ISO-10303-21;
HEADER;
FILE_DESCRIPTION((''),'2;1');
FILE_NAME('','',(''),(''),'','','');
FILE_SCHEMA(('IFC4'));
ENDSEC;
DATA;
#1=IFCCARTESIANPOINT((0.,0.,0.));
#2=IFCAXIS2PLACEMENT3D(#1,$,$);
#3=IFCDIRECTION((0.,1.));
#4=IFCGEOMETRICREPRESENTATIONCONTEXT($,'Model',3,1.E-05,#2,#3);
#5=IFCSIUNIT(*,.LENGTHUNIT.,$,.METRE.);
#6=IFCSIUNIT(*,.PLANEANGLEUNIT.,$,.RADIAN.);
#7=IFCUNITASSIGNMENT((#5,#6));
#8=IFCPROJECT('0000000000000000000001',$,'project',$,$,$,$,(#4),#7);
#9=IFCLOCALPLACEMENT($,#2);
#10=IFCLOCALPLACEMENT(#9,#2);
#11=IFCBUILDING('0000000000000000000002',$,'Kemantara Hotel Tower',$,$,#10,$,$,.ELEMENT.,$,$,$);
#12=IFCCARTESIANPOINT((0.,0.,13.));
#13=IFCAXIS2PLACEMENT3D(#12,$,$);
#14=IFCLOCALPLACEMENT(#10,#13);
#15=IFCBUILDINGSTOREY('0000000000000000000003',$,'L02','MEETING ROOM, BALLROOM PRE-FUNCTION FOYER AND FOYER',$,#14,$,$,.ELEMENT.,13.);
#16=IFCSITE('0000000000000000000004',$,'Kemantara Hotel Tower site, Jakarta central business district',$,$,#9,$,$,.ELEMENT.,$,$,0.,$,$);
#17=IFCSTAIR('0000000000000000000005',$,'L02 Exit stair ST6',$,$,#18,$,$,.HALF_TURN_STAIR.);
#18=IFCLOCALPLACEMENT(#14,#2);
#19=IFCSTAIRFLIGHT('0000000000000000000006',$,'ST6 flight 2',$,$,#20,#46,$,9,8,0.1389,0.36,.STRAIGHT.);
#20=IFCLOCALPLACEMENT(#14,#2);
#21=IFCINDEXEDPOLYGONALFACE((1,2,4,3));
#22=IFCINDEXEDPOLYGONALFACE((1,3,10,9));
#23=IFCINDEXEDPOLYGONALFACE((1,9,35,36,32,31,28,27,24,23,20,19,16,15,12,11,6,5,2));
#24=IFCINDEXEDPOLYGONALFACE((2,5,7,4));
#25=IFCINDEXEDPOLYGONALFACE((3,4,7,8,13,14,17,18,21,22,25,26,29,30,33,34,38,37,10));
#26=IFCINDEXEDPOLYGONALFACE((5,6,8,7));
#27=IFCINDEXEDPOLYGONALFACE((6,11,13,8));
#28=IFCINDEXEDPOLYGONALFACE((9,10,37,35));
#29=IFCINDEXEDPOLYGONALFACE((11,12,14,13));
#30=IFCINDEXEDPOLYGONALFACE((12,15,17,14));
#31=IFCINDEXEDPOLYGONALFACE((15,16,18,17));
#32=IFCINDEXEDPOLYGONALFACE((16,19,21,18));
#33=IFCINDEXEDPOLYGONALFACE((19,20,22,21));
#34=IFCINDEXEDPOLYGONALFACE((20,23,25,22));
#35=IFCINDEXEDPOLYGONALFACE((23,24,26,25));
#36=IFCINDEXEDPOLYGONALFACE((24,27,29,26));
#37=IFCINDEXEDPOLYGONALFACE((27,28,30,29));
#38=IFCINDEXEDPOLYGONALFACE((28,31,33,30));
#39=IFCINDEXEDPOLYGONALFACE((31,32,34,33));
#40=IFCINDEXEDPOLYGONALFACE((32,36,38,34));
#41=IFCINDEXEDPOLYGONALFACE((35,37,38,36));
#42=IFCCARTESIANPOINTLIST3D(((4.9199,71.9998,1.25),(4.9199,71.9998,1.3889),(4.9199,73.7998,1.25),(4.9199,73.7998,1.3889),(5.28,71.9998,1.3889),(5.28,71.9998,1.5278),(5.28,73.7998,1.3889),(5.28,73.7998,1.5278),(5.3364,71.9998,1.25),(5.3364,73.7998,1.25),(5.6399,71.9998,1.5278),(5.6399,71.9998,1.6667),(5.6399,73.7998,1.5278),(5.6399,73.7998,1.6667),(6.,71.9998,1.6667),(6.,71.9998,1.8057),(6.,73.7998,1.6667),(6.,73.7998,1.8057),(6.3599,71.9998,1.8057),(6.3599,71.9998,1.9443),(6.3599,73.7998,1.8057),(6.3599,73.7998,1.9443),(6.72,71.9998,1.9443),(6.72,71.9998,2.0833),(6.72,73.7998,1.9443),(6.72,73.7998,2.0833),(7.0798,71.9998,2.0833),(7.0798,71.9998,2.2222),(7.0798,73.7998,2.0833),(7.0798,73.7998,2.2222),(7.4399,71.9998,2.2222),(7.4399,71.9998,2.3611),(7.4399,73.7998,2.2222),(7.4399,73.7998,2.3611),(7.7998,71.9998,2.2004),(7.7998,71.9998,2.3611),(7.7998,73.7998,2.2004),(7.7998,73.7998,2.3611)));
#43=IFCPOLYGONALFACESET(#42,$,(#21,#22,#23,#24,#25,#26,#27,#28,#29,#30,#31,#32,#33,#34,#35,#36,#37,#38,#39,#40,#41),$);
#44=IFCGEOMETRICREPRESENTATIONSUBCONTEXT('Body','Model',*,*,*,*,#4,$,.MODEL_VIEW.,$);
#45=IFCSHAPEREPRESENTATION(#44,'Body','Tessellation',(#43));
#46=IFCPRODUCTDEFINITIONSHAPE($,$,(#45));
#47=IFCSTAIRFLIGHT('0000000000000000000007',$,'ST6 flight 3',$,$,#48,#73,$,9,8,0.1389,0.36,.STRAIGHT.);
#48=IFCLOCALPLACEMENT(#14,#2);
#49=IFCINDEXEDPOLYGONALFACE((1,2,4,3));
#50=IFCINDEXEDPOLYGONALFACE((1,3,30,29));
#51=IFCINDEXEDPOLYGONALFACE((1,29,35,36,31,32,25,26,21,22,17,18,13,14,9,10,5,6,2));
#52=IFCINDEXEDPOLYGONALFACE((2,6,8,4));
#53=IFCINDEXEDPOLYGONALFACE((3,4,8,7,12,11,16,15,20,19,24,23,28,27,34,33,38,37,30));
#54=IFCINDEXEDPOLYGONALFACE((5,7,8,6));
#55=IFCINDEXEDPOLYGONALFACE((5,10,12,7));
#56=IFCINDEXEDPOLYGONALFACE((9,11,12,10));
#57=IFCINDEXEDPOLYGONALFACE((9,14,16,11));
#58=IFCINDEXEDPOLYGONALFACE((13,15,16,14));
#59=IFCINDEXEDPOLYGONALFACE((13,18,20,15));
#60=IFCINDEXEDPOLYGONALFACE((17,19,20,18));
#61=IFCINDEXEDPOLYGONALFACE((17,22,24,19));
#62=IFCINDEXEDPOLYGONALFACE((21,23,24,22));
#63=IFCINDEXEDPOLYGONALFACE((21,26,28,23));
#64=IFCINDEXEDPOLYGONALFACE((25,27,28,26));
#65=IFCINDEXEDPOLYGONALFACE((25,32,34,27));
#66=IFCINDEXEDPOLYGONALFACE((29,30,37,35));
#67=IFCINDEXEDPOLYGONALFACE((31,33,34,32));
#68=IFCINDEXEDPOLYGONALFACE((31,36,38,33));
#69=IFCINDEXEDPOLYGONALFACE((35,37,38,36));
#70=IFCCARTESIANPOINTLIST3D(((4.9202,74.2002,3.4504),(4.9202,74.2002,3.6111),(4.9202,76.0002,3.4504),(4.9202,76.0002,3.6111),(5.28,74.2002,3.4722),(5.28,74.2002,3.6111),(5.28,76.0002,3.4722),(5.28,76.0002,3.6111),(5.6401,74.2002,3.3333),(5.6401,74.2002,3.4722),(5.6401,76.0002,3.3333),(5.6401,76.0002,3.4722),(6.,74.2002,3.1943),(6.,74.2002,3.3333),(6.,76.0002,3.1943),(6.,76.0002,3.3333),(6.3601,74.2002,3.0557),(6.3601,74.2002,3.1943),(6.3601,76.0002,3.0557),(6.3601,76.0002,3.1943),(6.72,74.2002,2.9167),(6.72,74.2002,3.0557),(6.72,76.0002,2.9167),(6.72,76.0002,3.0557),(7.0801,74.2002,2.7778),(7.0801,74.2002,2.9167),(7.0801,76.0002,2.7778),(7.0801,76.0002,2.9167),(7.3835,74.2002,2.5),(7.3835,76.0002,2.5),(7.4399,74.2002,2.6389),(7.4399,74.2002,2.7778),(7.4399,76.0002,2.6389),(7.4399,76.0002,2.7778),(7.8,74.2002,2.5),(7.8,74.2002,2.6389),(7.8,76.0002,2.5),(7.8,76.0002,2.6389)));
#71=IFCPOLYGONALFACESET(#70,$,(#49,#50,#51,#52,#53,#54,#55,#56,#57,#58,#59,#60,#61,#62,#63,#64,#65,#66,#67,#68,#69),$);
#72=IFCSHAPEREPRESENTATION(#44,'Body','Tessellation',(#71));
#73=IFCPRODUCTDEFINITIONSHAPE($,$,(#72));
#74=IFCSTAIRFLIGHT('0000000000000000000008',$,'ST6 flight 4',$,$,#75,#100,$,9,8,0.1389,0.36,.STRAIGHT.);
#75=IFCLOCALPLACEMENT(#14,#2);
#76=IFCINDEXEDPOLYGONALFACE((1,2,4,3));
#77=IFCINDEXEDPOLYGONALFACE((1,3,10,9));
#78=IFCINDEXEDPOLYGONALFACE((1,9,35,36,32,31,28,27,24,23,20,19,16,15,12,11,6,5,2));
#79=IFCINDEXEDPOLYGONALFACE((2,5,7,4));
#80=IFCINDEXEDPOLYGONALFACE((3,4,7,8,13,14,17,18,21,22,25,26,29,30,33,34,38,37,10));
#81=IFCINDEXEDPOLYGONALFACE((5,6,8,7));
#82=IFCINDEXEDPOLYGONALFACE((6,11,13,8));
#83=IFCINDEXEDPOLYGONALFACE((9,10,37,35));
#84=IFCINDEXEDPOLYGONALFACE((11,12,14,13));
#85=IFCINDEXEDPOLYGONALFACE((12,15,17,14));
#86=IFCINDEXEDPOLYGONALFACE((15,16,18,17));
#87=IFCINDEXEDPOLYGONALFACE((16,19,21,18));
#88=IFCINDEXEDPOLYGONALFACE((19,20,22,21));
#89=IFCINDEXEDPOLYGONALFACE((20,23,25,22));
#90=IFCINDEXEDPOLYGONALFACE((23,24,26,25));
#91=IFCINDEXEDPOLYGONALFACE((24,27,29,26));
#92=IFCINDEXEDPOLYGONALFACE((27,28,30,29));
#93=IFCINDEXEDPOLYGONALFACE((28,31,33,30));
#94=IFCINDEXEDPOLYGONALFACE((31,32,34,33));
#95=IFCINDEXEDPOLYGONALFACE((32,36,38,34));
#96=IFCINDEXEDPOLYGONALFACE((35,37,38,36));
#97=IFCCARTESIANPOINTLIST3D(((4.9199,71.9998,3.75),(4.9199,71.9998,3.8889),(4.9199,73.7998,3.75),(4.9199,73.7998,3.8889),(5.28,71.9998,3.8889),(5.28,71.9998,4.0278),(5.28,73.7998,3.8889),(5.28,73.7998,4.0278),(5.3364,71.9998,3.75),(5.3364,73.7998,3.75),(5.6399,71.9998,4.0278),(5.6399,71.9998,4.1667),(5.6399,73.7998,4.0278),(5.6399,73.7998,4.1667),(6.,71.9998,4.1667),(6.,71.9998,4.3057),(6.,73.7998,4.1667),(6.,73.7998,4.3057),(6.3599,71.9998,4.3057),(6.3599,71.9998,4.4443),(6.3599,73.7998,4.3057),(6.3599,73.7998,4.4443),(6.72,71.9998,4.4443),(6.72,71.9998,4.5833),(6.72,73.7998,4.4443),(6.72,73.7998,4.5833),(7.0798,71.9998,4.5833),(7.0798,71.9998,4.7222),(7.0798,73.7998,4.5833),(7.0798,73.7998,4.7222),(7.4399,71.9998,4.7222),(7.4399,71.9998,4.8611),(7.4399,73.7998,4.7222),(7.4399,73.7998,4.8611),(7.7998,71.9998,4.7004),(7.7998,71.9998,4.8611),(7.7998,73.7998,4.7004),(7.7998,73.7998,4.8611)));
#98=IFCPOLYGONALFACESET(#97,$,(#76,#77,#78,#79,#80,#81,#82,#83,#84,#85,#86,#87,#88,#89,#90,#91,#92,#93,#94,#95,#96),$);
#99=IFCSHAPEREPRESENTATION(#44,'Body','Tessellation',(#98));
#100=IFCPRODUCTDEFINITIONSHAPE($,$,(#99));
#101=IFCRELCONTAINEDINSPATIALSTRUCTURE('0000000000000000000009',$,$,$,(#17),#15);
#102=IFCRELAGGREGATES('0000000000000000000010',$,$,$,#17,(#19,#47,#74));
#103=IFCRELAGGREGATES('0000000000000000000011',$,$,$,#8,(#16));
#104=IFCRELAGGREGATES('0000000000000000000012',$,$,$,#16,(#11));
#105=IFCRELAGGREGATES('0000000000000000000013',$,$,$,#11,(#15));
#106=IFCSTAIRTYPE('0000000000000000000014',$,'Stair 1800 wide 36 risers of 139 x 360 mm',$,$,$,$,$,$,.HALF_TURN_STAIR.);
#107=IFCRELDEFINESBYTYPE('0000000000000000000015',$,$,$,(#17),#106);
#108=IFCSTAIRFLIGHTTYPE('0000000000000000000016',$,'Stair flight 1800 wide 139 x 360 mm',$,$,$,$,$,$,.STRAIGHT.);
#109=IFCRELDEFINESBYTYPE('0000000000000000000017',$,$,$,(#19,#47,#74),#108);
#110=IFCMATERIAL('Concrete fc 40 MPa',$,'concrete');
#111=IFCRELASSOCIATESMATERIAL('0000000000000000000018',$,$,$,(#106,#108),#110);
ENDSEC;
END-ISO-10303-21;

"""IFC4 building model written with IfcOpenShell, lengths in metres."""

from ifc_helpers import new_model, si_unit, direction, frame, origin, place, context, subcontext, project, spatial, polyline, outline, extrude, material, type_object, element, aggregate, save


model = new_model("IFC4")

# Units and contexts
model_context = context("Model", 3, precision=1e-05, world=origin(), true_north=direction((0.0, 1.0)))
body_context = subcontext(model_context, "Body", "Model", "MODEL_VIEW")
ifc_project = project(units=[si_unit("LENGTHUNIT", "METRE"), si_unit("PLANEANGLEUNIT", "RADIAN")], contexts=[model_context])

# Site, building, storey
site_placement = place(None, origin())
site = spatial("IfcSite", under=ifc_project, at=site_placement, Name="Kemantara Hotel Tower site, Jakarta central business district", CompositionType="ELEMENT", RefElevation=0.0)
building_placement = place(site_placement, origin())
building = spatial("IfcBuilding", under=site, at=building_placement, Name="Kemantara Hotel Tower", CompositionType="ELEMENT")
storey_placement = place(building_placement, frame((0.0, 0.0, 13.0)))
storey = spatial("IfcBuildingStorey", under=building, at=storey_placement, Name="L02", Description="MEETING ROOM, BALLROOM PRE-FUNCTION FOYER AND FOYER", CompositionType="ELEMENT", Elevation=13.0)

# Shared definitions
ifc_material_1 = material(Name="Concrete fc 40 MPa", Category="concrete")

# Stair, stair flights
stair_type = type_object("IfcStairType", Name="Stair 1800 wide 36 risers of 139 x 360 mm", PredefinedType="HALF_TURN_STAIR", material=ifc_material_1)
stair_placement = place(storey_placement, origin())
stair = element("IfcStair", 1, at=stair_placement, inside=storey, type_object=stair_type, Name="L02 Exit stair ST6", PredefinedType="HALF_TURN_STAIR")
stair_flight_type = type_object("IfcStairFlightType", Name="Stair flight 1800 wide 139 x 360 mm", PredefinedType="STRAIGHT", material=ifc_material_1)
stair_flight_1_placement = place(storey_placement, frame((4.9199, 72.8999, 1.25), z_axis=(0.0, 0.0, 1.0), x_axis=(1.0, 0.0, 0.0)))
stair_flight_1 = element("IfcStairFlight", 2, at=stair_flight_1_placement, type_object=stair_flight_type, Name="ST6 flight 2", NumberOfRisers=9, NumberOfTreads=8, PredefinedType="STRAIGHT", RiserHeight=0.1389, TreadLength=0.36, context=body_context, shape_type="SweptSolid", body=[
    extrude(outline(polyline([(0.0, 0.0), (0.0, 0.1389), (0.3601, 0.1389), (0.3601, 0.2778), (0.72, 0.2778), (0.72, 0.4167), (1.0801, 0.4167), (1.0801, 0.5557), (1.4399, 0.5557), (1.4399, 0.6943), (1.8, 0.6943), (1.8, 0.8333), (2.1599, 0.8333), (2.1599, 0.9722), (2.52, 0.9722), (2.52, 1.1111), (2.8799, 1.1111), (2.8799, 1.25), (2.8799, 0.9504), (0.4165, 0.0), (0.0, 0.0)])), frame((0.0, 0.8999, 0.0), z_axis=(0.0, -1.0, 0.0), x_axis=(1.0, 0.0, 0.0)), (0.0, 0.0, 1.0), 1.8),
])
stair_flight_2_placement = place(storey_placement, frame((7.8, 75.1001, 2.5), z_axis=(0.0, 0.0, 1.0), x_axis=(-1.0, 0.0, 0.0)))
stair_flight_2 = element("IfcStairFlight", 3, at=stair_flight_2_placement, type_object=stair_flight_type, Name="ST6 flight 3", NumberOfRisers=9, NumberOfTreads=8, PredefinedType="STRAIGHT", RiserHeight=0.1389, TreadLength=0.36, context=body_context, shape_type="SweptSolid", body=[
    extrude(outline(polyline([(0.0, 0.0), (0.0, 0.1389), (0.3601, 0.1389), (0.3601, 0.2778), (0.72, 0.2778), (0.72, 0.4167), (1.0801, 0.4167), (1.0801, 0.5557), (1.4399, 0.5557), (1.4399, 0.6943), (1.8, 0.6943), (1.8, 0.8333), (2.1599, 0.8333), (2.1599, 0.9722), (2.52, 0.9722), (2.52, 1.1111), (2.8799, 1.1111), (2.8799, 1.25), (2.8799, 0.9504), (0.4165, 0.0), (0.0, 0.0)])), frame((0.0, 0.8999, 0.0), z_axis=(0.0, -1.0, 0.0), x_axis=(1.0, 0.0, 0.0)), (0.0, 0.0, 1.0), 1.8),
])
stair_flight_3_placement = place(storey_placement, frame((4.9199, 72.8999, 3.75), z_axis=(0.0, 0.0, 1.0), x_axis=(1.0, 0.0, 0.0)))
stair_flight_3 = element("IfcStairFlight", 4, at=stair_flight_3_placement, type_object=stair_flight_type, Name="ST6 flight 4", NumberOfRisers=9, NumberOfTreads=8, PredefinedType="STRAIGHT", RiserHeight=0.1389, TreadLength=0.36, context=body_context, shape_type="SweptSolid", body=[
    extrude(outline(polyline([(0.0, 0.0), (0.0, 0.1389), (0.3601, 0.1389), (0.3601, 0.2778), (0.72, 0.2778), (0.72, 0.4167), (1.0801, 0.4167), (1.0801, 0.5557), (1.4399, 0.5557), (1.4399, 0.6943), (1.8, 0.6943), (1.8, 0.8333), (2.1599, 0.8333), (2.1599, 0.9722), (2.52, 0.9722), (2.52, 1.1111), (2.8799, 1.1111), (2.8799, 1.25), (2.8799, 0.9504), (0.4165, 0.0), (0.0, 0.0)])), frame((0.0, 0.8999, 0.0), z_axis=(0.0, -1.0, 0.0), x_axis=(1.0, 0.0, 0.0)), (0.0, 0.0, 1.0), 1.8),
])
aggregate(stair, [stair_flight_1, stair_flight_2, stair_flight_3])

save(model, "model.ifc")
